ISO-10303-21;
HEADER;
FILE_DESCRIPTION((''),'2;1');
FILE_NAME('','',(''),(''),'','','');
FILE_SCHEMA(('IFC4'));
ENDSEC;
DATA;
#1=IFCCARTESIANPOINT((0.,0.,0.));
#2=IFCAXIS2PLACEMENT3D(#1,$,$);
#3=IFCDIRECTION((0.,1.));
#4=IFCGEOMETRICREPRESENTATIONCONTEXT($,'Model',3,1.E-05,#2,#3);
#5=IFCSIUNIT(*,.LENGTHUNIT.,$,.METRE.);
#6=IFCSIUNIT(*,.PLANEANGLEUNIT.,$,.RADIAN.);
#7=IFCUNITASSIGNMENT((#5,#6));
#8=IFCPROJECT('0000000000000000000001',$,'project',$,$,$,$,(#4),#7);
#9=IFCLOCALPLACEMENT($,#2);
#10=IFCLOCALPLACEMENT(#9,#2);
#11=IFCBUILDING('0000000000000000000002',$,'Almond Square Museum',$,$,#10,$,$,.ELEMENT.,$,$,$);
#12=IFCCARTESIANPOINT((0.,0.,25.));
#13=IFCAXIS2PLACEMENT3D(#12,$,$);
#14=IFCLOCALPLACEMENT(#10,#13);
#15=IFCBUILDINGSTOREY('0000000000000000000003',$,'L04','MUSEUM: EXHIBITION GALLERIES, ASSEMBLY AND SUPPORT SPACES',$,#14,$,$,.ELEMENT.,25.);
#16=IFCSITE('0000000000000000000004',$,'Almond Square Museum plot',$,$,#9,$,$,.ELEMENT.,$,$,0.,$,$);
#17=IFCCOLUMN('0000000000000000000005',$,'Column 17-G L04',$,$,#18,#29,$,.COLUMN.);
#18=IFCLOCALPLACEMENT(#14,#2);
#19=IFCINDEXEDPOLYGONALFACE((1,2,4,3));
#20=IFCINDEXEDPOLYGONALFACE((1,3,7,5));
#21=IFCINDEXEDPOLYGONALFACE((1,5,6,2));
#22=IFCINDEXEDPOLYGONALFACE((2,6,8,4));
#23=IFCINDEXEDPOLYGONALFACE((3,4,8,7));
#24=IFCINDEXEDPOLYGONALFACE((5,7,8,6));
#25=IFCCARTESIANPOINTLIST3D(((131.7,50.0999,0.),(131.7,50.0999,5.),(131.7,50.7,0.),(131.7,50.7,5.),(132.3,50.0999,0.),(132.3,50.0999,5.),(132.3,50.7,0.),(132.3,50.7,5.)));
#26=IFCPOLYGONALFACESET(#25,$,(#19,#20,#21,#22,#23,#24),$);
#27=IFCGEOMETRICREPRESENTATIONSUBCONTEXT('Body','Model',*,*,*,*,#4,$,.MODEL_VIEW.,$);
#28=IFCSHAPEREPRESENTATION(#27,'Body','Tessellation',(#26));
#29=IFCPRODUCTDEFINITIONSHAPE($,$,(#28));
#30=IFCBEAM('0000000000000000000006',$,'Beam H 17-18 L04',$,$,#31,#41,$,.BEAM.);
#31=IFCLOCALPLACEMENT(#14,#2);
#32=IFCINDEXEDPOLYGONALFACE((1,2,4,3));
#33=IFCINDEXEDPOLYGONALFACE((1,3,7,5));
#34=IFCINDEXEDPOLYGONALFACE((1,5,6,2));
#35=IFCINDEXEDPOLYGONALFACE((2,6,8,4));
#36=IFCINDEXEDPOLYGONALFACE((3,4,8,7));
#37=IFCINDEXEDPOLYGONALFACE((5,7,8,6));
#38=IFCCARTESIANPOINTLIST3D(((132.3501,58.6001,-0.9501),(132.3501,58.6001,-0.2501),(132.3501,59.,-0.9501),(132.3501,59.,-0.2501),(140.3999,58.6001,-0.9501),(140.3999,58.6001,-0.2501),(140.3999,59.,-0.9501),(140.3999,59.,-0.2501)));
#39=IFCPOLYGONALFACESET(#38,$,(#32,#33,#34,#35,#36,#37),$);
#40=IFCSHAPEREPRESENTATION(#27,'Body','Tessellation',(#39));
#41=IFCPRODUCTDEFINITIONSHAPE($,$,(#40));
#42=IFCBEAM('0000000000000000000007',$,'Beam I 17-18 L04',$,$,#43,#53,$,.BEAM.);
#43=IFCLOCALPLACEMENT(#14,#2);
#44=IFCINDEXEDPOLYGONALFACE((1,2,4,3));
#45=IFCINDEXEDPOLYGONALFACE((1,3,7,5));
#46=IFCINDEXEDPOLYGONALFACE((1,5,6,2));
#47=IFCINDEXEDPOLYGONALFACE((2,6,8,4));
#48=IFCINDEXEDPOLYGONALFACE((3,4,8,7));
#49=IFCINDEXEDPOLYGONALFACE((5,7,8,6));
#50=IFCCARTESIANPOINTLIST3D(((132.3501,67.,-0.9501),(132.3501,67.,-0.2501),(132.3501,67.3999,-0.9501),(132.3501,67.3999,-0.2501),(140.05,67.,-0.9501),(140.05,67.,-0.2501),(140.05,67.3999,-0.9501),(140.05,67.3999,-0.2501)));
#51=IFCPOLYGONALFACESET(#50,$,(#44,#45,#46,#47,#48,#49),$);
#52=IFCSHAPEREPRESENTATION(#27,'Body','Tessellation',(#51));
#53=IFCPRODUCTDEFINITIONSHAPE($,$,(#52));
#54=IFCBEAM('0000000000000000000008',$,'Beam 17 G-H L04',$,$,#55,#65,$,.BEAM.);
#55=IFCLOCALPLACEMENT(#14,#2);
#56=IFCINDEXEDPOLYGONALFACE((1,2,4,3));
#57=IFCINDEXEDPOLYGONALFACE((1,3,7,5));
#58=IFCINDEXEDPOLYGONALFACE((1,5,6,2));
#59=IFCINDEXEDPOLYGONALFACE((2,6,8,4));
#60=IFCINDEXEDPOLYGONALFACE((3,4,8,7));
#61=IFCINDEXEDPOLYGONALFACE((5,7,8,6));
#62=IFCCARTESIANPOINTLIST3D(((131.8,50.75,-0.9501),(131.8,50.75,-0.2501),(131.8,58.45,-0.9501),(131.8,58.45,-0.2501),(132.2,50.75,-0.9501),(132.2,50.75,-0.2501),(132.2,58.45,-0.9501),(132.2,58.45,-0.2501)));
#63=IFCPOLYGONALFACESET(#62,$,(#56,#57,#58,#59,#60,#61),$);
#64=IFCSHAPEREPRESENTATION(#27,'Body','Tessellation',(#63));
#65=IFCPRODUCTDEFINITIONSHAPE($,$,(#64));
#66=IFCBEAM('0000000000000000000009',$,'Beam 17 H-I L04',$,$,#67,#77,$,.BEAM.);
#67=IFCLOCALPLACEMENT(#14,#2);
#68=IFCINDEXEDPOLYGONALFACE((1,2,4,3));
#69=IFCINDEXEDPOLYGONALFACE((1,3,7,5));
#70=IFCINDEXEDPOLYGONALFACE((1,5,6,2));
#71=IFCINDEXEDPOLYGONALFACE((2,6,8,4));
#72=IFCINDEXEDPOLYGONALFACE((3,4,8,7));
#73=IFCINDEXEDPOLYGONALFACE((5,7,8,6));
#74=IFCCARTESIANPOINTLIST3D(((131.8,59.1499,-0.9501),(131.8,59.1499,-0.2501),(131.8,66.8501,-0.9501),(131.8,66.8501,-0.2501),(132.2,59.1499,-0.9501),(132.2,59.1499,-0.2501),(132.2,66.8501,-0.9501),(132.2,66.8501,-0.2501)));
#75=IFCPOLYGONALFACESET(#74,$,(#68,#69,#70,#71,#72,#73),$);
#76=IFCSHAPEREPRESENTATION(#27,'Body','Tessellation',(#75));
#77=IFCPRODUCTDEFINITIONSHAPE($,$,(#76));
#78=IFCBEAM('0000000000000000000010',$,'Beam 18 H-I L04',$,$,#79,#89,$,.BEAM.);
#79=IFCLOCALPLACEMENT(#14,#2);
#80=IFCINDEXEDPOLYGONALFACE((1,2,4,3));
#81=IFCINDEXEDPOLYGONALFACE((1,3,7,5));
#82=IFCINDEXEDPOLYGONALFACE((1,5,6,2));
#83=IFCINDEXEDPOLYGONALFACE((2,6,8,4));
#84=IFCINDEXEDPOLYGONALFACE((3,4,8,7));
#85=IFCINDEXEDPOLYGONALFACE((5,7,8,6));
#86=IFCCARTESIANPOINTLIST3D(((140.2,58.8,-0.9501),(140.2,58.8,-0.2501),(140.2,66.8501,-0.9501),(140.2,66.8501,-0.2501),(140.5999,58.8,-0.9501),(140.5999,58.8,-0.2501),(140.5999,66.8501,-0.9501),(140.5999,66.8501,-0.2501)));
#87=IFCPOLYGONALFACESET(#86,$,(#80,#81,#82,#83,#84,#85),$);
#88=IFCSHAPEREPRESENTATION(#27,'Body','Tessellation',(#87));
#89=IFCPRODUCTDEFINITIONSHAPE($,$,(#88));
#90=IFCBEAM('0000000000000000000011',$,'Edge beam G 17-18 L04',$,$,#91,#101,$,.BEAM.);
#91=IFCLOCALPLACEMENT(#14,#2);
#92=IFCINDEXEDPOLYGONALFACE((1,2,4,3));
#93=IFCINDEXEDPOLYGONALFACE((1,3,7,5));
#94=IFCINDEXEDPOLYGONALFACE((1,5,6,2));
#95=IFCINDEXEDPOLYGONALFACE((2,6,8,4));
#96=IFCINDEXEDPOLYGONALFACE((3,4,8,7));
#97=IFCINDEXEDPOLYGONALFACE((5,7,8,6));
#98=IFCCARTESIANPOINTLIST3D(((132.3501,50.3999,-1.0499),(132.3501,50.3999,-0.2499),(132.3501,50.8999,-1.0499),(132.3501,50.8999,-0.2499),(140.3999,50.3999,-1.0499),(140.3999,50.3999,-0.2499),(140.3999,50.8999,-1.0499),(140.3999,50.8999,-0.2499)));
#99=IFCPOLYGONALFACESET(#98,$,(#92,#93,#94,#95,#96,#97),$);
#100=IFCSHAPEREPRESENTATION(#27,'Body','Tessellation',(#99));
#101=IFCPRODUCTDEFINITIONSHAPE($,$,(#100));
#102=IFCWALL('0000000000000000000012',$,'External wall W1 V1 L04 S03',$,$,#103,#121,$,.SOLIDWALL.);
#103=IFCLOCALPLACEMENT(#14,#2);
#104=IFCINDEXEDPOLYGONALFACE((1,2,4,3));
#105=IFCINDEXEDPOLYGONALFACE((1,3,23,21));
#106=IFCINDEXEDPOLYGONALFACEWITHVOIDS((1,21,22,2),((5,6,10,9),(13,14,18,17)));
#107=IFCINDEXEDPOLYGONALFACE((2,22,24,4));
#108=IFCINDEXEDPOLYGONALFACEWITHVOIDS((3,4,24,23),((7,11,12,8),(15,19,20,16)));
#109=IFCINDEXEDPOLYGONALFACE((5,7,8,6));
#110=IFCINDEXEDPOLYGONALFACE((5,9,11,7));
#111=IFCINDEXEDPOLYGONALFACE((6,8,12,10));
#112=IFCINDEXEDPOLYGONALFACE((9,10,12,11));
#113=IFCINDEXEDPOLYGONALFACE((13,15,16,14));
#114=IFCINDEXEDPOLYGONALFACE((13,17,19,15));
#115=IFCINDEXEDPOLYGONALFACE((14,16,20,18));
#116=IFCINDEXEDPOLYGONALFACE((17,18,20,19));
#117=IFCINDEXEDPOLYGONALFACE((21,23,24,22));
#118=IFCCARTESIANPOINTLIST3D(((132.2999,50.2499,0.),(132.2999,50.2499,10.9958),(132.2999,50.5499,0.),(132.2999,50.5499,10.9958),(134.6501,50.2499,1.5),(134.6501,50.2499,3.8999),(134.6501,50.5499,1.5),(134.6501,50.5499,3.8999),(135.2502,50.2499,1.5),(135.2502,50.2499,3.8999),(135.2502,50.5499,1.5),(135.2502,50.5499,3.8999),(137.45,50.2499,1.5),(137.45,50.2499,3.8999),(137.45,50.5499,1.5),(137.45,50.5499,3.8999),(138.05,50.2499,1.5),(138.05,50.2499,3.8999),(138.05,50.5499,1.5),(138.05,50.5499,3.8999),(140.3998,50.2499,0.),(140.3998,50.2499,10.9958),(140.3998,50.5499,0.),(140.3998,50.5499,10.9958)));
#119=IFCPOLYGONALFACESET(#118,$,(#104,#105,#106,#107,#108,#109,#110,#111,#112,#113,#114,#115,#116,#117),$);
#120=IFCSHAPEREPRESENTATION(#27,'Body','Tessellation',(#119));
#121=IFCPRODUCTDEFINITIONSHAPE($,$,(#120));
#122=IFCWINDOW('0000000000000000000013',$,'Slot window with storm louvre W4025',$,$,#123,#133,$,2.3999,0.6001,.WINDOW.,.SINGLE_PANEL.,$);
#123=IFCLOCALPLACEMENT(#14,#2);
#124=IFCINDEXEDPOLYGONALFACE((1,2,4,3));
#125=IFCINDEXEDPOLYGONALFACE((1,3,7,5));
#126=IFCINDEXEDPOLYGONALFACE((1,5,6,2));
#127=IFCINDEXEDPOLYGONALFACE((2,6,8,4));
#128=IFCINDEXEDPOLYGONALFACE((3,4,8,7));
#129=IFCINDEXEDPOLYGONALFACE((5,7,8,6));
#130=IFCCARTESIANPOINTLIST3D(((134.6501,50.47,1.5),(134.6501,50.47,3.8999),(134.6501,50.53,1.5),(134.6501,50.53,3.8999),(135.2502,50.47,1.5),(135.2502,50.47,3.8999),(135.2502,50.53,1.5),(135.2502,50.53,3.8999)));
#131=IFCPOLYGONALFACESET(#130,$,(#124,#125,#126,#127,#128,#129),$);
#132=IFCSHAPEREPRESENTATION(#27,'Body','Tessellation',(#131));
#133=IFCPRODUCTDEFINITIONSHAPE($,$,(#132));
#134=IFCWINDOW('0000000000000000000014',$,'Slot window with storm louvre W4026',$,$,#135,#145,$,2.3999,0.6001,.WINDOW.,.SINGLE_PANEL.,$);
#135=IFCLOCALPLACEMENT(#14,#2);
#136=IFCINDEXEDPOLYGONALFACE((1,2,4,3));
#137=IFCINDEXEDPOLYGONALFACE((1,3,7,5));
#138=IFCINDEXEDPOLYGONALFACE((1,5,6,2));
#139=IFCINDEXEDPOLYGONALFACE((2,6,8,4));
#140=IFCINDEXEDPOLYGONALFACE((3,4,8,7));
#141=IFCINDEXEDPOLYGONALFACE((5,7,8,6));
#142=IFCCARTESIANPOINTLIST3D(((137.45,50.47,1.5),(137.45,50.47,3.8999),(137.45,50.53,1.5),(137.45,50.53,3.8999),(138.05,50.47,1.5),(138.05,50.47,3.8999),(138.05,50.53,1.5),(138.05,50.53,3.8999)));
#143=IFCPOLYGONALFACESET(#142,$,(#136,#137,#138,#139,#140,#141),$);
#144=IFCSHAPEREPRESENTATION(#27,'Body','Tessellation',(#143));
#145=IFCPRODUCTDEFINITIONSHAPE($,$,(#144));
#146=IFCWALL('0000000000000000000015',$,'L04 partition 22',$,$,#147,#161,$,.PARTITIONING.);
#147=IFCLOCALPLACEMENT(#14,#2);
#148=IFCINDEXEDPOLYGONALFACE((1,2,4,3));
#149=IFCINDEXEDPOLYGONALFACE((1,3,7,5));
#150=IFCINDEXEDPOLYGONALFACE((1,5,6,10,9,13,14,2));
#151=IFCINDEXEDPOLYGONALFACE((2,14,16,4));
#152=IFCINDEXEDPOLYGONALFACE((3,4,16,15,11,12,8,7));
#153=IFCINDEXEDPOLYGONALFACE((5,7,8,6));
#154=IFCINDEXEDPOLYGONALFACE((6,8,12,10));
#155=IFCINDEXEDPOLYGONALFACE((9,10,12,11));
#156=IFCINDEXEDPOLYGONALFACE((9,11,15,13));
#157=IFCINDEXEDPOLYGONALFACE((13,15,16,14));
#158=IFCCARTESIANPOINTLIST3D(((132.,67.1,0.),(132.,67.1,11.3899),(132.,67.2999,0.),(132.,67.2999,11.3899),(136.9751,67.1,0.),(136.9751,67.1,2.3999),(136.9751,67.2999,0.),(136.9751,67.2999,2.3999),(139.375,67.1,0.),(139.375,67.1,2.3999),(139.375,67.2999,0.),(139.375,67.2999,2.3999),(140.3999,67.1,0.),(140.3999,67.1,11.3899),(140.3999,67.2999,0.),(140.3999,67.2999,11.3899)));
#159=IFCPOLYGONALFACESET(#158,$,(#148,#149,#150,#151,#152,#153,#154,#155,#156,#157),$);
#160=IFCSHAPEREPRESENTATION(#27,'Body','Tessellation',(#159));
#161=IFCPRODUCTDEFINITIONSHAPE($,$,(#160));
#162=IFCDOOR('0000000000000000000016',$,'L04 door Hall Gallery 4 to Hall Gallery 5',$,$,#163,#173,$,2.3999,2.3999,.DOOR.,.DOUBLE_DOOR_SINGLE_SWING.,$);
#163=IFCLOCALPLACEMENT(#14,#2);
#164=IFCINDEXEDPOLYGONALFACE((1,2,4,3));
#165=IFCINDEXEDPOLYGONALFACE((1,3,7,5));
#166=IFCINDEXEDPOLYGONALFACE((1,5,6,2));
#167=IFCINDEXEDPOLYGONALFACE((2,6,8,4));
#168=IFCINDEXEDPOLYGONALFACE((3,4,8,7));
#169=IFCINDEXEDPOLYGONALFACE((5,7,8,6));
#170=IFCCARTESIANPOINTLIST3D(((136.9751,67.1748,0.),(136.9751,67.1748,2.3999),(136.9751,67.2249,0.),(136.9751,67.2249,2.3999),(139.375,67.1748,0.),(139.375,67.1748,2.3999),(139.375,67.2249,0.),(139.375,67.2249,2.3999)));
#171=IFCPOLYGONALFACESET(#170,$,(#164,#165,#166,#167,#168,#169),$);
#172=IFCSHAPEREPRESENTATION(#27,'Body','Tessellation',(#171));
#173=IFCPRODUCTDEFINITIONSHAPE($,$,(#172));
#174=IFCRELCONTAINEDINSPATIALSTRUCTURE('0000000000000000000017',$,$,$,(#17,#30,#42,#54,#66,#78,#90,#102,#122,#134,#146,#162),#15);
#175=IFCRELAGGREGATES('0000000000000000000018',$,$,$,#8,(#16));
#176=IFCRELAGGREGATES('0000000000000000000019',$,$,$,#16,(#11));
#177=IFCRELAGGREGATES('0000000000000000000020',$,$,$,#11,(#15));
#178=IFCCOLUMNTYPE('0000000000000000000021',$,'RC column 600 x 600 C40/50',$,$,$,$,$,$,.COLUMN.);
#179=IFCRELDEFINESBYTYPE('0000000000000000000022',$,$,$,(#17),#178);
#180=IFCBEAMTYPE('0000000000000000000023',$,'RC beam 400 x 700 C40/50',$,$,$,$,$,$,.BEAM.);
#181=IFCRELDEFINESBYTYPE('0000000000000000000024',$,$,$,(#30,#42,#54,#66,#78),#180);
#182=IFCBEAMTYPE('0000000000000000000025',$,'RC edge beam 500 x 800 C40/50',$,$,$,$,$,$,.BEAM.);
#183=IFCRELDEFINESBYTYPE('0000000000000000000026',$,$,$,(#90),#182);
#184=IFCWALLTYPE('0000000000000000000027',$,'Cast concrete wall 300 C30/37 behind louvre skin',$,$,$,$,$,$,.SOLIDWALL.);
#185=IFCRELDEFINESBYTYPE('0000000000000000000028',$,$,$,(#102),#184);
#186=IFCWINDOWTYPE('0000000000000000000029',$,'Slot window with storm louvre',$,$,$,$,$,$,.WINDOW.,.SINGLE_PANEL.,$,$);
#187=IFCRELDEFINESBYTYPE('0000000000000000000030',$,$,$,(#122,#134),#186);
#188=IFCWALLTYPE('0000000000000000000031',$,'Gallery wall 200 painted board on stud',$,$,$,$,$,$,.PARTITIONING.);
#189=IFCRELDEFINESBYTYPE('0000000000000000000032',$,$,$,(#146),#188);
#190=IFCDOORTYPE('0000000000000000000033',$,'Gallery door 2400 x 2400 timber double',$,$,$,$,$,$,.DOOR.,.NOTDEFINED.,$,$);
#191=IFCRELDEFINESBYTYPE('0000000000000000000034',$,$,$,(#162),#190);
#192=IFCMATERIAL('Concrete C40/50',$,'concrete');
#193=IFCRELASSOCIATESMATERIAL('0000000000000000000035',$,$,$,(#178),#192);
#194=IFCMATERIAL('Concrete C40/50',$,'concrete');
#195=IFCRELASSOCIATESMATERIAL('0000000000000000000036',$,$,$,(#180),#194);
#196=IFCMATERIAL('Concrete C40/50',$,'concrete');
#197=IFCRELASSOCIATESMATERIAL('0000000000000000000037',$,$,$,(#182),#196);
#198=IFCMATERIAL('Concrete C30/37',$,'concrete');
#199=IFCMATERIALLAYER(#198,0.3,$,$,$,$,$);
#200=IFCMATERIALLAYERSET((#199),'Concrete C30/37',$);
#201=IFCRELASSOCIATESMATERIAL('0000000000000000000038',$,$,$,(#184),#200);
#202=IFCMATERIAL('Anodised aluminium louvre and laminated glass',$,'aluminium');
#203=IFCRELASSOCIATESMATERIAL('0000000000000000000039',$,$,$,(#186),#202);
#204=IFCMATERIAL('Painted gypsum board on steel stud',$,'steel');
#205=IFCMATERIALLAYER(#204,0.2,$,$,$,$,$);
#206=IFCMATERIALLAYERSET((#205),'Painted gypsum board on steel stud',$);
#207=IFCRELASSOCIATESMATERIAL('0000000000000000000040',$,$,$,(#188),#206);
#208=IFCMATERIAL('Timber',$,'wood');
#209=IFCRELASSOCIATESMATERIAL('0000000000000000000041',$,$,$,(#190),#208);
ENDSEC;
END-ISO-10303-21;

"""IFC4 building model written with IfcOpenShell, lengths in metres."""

from ifc_helpers import new_model, si_unit, direction, frame, frame_2d, origin, origin_2d, place, context, subcontext, project, spatial, rectangle, extrude, material, layer, layer_set, material_profile, profile_set, type_object, element, fill, save


model = new_model("IFC4")

# Units and contexts
model_context = context("Model", 3, precision=1e-05, world=origin(), true_north=direction((0.0, 1.0)))
body_context = subcontext(model_context, "Body", "Model", "MODEL_VIEW")
ifc_project = project(units=[si_unit("LENGTHUNIT", "METRE"), si_unit("PLANEANGLEUNIT", "RADIAN")], contexts=[model_context])

# Site, building, storey
site_placement = place(None, origin())
site = spatial("IfcSite", under=ifc_project, at=site_placement, Name="Almond Square Museum plot", CompositionType="ELEMENT", RefElevation=0.0)
building_placement = place(site_placement, origin())
building = spatial("IfcBuilding", under=site, at=building_placement, Name="Almond Square Museum", CompositionType="ELEMENT")
storey_placement = place(building_placement, frame((0.0, 0.0, 25.0)))
storey = spatial("IfcBuildingStorey", under=building, at=storey_placement, Name="L04", Description="MUSEUM: EXHIBITION GALLERIES, ASSEMBLY AND SUPPORT SPACES", CompositionType="ELEMENT", Elevation=25.0)

# Column
ifc_material_1 = material(Name="Concrete C40/50", Category="concrete")
ifc_material_profile_1 = material_profile(ifc_material_1, rectangle(XDim=0.6001, YDim=0.6001, at=origin_2d()))
ifc_profile_set_1 = profile_set([ifc_material_profile_1], Name="Concrete C40/50")
column_type = type_object("IfcColumnType", Name="RC column 600 x 600 C40/50", PredefinedType="COLUMN", material=ifc_profile_set_1)
column_placement = place(storey_placement, frame((132.0, 50.3999, 0.0), z_axis=(0.0, 0.0, 1.0), x_axis=(1.0, 0.0, 0.0)))
element("IfcColumn", 1, at=column_placement, inside=storey, type_object=column_type, Name="Column 17-G L04", PredefinedType="COLUMN", context=body_context, shape_type="SweptSolid", body=[
    extrude(rectangle(XDim=0.6001, YDim=0.6001, at=origin_2d()), origin(), (0.0, 0.0, 1.0), 5.0),
])

# Beams
ifc_material_2 = material(Name="Concrete C40/50", Category="concrete")
ifc_material_profile_2 = material_profile(ifc_material_2, rectangle(XDim=0.3999, YDim=0.7, at=origin_2d()))
ifc_profile_set_2 = profile_set([ifc_material_profile_2], Name="Concrete C40/50")
beam_type_1 = type_object("IfcBeamType", Name="RC beam 400 x 700 C40/50", PredefinedType="BEAM", material=ifc_profile_set_2)
beam_1_placement = place(storey_placement, frame((132.3501, 58.8, -0.6001), z_axis=(1.0, 0.0, 0.0), x_axis=(0.0, 1.0, 0.0)))
element("IfcBeam", 2, at=beam_1_placement, inside=storey, type_object=beam_type_1, Name="Beam H 17-18 L04", PredefinedType="BEAM", context=body_context, shape_type="SweptSolid", body=[
    extrude(rectangle(XDim=0.3999, YDim=0.7, at=origin_2d()), origin(), (0.0, 0.0, 1.0), 8.0498),
])
for number, where, z_axis, x_axis, name in (
    (3, (132.3501, 67.2, -0.6001), (1.0, 0.0, 0.0), (0.0, 1.0, 0.0), "Beam I 17-18 L04"),
    (4, (132.0, 50.75, -0.6001), (0.0, 1.0, 0.0), (-1.0, 0.0, 0.0), "Beam 17 G-H L04"),
):
    element("IfcBeam", number, at=place(storey_placement, frame(where, z_axis=z_axis, x_axis=x_axis)), inside=storey, type_object=beam_type_1, Name=name, PredefinedType="BEAM", context=body_context, shape_type="SweptSolid", body=[
        extrude(rectangle(XDim=0.3999, YDim=0.7, at=origin_2d()), origin(), (0.0, 0.0, 1.0), 7.7),
    ])
beam_2_placement = place(storey_placement, frame((132.0, 59.1499, -0.6001), z_axis=(0.0, 1.0, 0.0), x_axis=(-1.0, 0.0, 0.0)))
element("IfcBeam", 5, at=beam_2_placement, inside=storey, type_object=beam_type_1, Name="Beam 17 H-I L04", PredefinedType="BEAM", context=body_context, shape_type="SweptSolid", body=[
    extrude(rectangle(XDim=0.3999, YDim=0.7, at=origin_2d()), origin(), (0.0, 0.0, 1.0), 7.7002),
])
beam_3_placement = place(storey_placement, frame((140.3999, 58.8, -0.6001), z_axis=(0.0, 1.0, 0.0), x_axis=(-1.0, 0.0, 0.0)))
element("IfcBeam", 6, at=beam_3_placement, inside=storey, type_object=beam_type_1, Name="Beam 18 H-I L04", PredefinedType="BEAM", context=body_context, shape_type="SweptSolid", body=[
    extrude(rectangle(XDim=0.3999, YDim=0.7, at=origin_2d()), origin(), (0.0, 0.0, 1.0), 8.05),
])
ifc_material_3 = material(Name="Concrete C40/50", Category="concrete")
ifc_material_profile_3 = material_profile(ifc_material_3, rectangle(XDim=0.5, YDim=0.8, at=origin_2d()))
ifc_profile_set_3 = profile_set([ifc_material_profile_3], Name="Concrete C40/50")
beam_type_2 = type_object("IfcBeamType", Name="RC edge beam 500 x 800 C40/50", PredefinedType="BEAM", material=ifc_profile_set_3)
beam_4_placement = place(storey_placement, frame((132.3501, 50.6499, -0.6499), z_axis=(1.0, 0.0, 0.0), x_axis=(0.0, 1.0, 0.0)))
element("IfcBeam", 7, at=beam_4_placement, inside=storey, type_object=beam_type_2, Name="Edge beam G 17-18 L04", PredefinedType="BEAM", context=body_context, shape_type="SweptSolid", body=[
    extrude(rectangle(XDim=0.5, YDim=0.8, at=origin_2d()), origin(), (0.0, 0.0, 1.0), 8.0498),
])

# Wall, openings, windows
ifc_material_4 = material(Name="Concrete C30/37", Category="concrete")
ifc_layer_1 = layer(ifc_material_4, 0.3)
ifc_layer_set_1 = layer_set([ifc_layer_1], Name="Concrete C30/37")
wall_type_1 = type_object("IfcWallType", Name="Cast concrete wall 300 C30/37 behind louvre skin", PredefinedType="SOLIDWALL", material=ifc_layer_set_1)
wall_1_placement = place(storey_placement, frame((132.3, 50.3999, 0.0), z_axis=(0.0, 0.0, 1.0), x_axis=(1.0, 0.0, 0.0)))
wall_1 = element("IfcWall", 8, at=wall_1_placement, inside=storey, type_object=wall_type_1, Name="External wall W1 V1 L04 S03", PredefinedType="SOLIDWALL", context=body_context, shape_type="SweptSolid", body=[
    extrude(rectangle(XDim=8.0999, YDim=0.3, at=frame_2d((4.0498, 0.0))), origin(), (0.0, 0.0, 1.0), 10.9958),
])
opening_1_placement = place(wall_1_placement, frame((2.3501, 0.0, 1.5)))
opening_1 = element("IfcOpeningElement", 9, at=opening_1_placement, cuts=wall_1, PredefinedType="OPENING", context=body_context, shape_type="SweptSolid", body=[
    extrude(rectangle(XDim=0.6001, YDim=2.3999, at=frame_2d((0.3, 1.2))), frame((0.0, 0.1599, 0.0), z_axis=(0.0, -1.0, 0.0), x_axis=(1.0, 0.0, 0.0)), (0.0, 0.0, 1.0), 0.3201),
])
opening_2_placement = place(wall_1_placement, frame((5.1499, 0.0, 1.5)))
opening_2 = element("IfcOpeningElement", 10, at=opening_2_placement, cuts=wall_1, PredefinedType="OPENING", context=body_context, shape_type="SweptSolid", body=[
    extrude(rectangle(XDim=0.6001, YDim=2.3999, at=frame_2d((0.3, 1.2))), frame((0.0, 0.1599, 0.0), z_axis=(0.0, -1.0, 0.0), x_axis=(1.0, 0.0, 0.0)), (0.0, 0.0, 1.0), 0.3201),
])
ifc_material_5 = material(Name="Anodised aluminium louvre and laminated glass", Category="aluminium")
window_type = type_object("IfcWindowType", Name="Slot window with storm louvre", PartitioningType="SINGLE_PANEL", PredefinedType="WINDOW", material=ifc_material_5)
window_1_placement = place(opening_1_placement, origin())
window_1 = element("IfcWindow", 11, at=window_1_placement, inside=storey, type_object=window_type, Name="Slot window with storm louvre W4025", OverallHeight=2.3999, OverallWidth=0.6001, PartitioningType="SINGLE_PANEL", PredefinedType="WINDOW", context=body_context, shape_type="SweptSolid", body=[
    extrude(rectangle(XDim=0.6001, YDim=2.3999, at=frame_2d((0.3, 1.2))), frame((0.0, 0.1301, 0.0), z_axis=(0.0, -1.0, 0.0), x_axis=(1.0, 0.0, 0.0)), (0.0, 0.0, 1.0), 0.0601),
])
fill(opening_1, window_1)
window_2_placement = place(opening_2_placement, origin())
window_2 = element("IfcWindow", 12, at=window_2_placement, inside=storey, type_object=window_type, Name="Slot window with storm louvre W4026", OverallHeight=2.3999, OverallWidth=0.6001, PartitioningType="SINGLE_PANEL", PredefinedType="WINDOW", context=body_context, shape_type="SweptSolid", body=[
    extrude(rectangle(XDim=0.6001, YDim=2.3999, at=frame_2d((0.3, 1.2))), frame((0.0, 0.1301, 0.0), z_axis=(0.0, -1.0, 0.0), x_axis=(1.0, 0.0, 0.0)), (0.0, 0.0, 1.0), 0.0601),
])
fill(opening_2, window_2)

# Wall, opening, door
ifc_material_6 = material(Name="Painted gypsum board on steel stud", Category="steel")
ifc_layer_2 = layer(ifc_material_6, 0.2)
ifc_layer_set_2 = layer_set([ifc_layer_2], Name="Painted gypsum board on steel stud")
wall_type_2 = type_object("IfcWallType", Name="Gallery wall 200 painted board on stud", PredefinedType="PARTITIONING", material=ifc_layer_set_2)
wall_2_placement = place(storey_placement, frame((132.0, 67.2, 0.0), z_axis=(0.0, 0.0, 1.0), x_axis=(1.0, 0.0, 0.0)))
wall_2 = element("IfcWall", 13, at=wall_2_placement, inside=storey, type_object=wall_type_2, Name="L04 partition 22", PredefinedType="PARTITIONING", context=body_context, shape_type="SweptSolid", body=[
    extrude(rectangle(XDim=8.3999, YDim=0.2, at=frame_2d((4.2, 0.0))), origin(), (0.0, 0.0, 1.0), 11.3899),
])
opening_3_placement = place(wall_2_placement, frame((4.9751, 0.0, 0.0)))
opening_3 = element("IfcOpeningElement", 14, at=opening_3_placement, cuts=wall_2, PredefinedType="OPENING", context=body_context, shape_type="SweptSolid", body=[
    extrude(rectangle(XDim=2.3999, YDim=2.3999, at=frame_2d((1.2, 1.2))), frame((0.0, 0.1099, 0.0), z_axis=(0.0, -1.0, 0.0), x_axis=(1.0, 0.0, 0.0)), (0.0, 0.0, 1.0), 0.22),
])
ifc_material_7 = material(Name="Timber", Category="wood")
door_type_1 = type_object("IfcDoorType", Name="Gallery door 2400 x 2400 timber double", OperationType="NOTDEFINED", PredefinedType="DOOR", material=ifc_material_7)
door_1_placement = place(opening_3_placement, origin())
door_1 = element("IfcDoor", 15, at=door_1_placement, inside=storey, type_object=door_type_1, Name="L04 door Hall Gallery 4 to Hall Gallery 5", OperationType="DOUBLE_DOOR_SINGLE_SWING", OverallHeight=2.3999, OverallWidth=2.3999, PredefinedType="DOOR", context=body_context, shape_type="SweptSolid", body=[
    extrude(rectangle(XDim=2.3999, YDim=2.3999, at=frame_2d((1.2, 1.2))), frame((0.0, 0.0249, 0.0), z_axis=(0.0, -1.0, 0.0), x_axis=(1.0, 0.0, 0.0)), (0.0, 0.0, 1.0), 0.05),
])
fill(opening_3, door_1)

save(model, "model.ifc")
